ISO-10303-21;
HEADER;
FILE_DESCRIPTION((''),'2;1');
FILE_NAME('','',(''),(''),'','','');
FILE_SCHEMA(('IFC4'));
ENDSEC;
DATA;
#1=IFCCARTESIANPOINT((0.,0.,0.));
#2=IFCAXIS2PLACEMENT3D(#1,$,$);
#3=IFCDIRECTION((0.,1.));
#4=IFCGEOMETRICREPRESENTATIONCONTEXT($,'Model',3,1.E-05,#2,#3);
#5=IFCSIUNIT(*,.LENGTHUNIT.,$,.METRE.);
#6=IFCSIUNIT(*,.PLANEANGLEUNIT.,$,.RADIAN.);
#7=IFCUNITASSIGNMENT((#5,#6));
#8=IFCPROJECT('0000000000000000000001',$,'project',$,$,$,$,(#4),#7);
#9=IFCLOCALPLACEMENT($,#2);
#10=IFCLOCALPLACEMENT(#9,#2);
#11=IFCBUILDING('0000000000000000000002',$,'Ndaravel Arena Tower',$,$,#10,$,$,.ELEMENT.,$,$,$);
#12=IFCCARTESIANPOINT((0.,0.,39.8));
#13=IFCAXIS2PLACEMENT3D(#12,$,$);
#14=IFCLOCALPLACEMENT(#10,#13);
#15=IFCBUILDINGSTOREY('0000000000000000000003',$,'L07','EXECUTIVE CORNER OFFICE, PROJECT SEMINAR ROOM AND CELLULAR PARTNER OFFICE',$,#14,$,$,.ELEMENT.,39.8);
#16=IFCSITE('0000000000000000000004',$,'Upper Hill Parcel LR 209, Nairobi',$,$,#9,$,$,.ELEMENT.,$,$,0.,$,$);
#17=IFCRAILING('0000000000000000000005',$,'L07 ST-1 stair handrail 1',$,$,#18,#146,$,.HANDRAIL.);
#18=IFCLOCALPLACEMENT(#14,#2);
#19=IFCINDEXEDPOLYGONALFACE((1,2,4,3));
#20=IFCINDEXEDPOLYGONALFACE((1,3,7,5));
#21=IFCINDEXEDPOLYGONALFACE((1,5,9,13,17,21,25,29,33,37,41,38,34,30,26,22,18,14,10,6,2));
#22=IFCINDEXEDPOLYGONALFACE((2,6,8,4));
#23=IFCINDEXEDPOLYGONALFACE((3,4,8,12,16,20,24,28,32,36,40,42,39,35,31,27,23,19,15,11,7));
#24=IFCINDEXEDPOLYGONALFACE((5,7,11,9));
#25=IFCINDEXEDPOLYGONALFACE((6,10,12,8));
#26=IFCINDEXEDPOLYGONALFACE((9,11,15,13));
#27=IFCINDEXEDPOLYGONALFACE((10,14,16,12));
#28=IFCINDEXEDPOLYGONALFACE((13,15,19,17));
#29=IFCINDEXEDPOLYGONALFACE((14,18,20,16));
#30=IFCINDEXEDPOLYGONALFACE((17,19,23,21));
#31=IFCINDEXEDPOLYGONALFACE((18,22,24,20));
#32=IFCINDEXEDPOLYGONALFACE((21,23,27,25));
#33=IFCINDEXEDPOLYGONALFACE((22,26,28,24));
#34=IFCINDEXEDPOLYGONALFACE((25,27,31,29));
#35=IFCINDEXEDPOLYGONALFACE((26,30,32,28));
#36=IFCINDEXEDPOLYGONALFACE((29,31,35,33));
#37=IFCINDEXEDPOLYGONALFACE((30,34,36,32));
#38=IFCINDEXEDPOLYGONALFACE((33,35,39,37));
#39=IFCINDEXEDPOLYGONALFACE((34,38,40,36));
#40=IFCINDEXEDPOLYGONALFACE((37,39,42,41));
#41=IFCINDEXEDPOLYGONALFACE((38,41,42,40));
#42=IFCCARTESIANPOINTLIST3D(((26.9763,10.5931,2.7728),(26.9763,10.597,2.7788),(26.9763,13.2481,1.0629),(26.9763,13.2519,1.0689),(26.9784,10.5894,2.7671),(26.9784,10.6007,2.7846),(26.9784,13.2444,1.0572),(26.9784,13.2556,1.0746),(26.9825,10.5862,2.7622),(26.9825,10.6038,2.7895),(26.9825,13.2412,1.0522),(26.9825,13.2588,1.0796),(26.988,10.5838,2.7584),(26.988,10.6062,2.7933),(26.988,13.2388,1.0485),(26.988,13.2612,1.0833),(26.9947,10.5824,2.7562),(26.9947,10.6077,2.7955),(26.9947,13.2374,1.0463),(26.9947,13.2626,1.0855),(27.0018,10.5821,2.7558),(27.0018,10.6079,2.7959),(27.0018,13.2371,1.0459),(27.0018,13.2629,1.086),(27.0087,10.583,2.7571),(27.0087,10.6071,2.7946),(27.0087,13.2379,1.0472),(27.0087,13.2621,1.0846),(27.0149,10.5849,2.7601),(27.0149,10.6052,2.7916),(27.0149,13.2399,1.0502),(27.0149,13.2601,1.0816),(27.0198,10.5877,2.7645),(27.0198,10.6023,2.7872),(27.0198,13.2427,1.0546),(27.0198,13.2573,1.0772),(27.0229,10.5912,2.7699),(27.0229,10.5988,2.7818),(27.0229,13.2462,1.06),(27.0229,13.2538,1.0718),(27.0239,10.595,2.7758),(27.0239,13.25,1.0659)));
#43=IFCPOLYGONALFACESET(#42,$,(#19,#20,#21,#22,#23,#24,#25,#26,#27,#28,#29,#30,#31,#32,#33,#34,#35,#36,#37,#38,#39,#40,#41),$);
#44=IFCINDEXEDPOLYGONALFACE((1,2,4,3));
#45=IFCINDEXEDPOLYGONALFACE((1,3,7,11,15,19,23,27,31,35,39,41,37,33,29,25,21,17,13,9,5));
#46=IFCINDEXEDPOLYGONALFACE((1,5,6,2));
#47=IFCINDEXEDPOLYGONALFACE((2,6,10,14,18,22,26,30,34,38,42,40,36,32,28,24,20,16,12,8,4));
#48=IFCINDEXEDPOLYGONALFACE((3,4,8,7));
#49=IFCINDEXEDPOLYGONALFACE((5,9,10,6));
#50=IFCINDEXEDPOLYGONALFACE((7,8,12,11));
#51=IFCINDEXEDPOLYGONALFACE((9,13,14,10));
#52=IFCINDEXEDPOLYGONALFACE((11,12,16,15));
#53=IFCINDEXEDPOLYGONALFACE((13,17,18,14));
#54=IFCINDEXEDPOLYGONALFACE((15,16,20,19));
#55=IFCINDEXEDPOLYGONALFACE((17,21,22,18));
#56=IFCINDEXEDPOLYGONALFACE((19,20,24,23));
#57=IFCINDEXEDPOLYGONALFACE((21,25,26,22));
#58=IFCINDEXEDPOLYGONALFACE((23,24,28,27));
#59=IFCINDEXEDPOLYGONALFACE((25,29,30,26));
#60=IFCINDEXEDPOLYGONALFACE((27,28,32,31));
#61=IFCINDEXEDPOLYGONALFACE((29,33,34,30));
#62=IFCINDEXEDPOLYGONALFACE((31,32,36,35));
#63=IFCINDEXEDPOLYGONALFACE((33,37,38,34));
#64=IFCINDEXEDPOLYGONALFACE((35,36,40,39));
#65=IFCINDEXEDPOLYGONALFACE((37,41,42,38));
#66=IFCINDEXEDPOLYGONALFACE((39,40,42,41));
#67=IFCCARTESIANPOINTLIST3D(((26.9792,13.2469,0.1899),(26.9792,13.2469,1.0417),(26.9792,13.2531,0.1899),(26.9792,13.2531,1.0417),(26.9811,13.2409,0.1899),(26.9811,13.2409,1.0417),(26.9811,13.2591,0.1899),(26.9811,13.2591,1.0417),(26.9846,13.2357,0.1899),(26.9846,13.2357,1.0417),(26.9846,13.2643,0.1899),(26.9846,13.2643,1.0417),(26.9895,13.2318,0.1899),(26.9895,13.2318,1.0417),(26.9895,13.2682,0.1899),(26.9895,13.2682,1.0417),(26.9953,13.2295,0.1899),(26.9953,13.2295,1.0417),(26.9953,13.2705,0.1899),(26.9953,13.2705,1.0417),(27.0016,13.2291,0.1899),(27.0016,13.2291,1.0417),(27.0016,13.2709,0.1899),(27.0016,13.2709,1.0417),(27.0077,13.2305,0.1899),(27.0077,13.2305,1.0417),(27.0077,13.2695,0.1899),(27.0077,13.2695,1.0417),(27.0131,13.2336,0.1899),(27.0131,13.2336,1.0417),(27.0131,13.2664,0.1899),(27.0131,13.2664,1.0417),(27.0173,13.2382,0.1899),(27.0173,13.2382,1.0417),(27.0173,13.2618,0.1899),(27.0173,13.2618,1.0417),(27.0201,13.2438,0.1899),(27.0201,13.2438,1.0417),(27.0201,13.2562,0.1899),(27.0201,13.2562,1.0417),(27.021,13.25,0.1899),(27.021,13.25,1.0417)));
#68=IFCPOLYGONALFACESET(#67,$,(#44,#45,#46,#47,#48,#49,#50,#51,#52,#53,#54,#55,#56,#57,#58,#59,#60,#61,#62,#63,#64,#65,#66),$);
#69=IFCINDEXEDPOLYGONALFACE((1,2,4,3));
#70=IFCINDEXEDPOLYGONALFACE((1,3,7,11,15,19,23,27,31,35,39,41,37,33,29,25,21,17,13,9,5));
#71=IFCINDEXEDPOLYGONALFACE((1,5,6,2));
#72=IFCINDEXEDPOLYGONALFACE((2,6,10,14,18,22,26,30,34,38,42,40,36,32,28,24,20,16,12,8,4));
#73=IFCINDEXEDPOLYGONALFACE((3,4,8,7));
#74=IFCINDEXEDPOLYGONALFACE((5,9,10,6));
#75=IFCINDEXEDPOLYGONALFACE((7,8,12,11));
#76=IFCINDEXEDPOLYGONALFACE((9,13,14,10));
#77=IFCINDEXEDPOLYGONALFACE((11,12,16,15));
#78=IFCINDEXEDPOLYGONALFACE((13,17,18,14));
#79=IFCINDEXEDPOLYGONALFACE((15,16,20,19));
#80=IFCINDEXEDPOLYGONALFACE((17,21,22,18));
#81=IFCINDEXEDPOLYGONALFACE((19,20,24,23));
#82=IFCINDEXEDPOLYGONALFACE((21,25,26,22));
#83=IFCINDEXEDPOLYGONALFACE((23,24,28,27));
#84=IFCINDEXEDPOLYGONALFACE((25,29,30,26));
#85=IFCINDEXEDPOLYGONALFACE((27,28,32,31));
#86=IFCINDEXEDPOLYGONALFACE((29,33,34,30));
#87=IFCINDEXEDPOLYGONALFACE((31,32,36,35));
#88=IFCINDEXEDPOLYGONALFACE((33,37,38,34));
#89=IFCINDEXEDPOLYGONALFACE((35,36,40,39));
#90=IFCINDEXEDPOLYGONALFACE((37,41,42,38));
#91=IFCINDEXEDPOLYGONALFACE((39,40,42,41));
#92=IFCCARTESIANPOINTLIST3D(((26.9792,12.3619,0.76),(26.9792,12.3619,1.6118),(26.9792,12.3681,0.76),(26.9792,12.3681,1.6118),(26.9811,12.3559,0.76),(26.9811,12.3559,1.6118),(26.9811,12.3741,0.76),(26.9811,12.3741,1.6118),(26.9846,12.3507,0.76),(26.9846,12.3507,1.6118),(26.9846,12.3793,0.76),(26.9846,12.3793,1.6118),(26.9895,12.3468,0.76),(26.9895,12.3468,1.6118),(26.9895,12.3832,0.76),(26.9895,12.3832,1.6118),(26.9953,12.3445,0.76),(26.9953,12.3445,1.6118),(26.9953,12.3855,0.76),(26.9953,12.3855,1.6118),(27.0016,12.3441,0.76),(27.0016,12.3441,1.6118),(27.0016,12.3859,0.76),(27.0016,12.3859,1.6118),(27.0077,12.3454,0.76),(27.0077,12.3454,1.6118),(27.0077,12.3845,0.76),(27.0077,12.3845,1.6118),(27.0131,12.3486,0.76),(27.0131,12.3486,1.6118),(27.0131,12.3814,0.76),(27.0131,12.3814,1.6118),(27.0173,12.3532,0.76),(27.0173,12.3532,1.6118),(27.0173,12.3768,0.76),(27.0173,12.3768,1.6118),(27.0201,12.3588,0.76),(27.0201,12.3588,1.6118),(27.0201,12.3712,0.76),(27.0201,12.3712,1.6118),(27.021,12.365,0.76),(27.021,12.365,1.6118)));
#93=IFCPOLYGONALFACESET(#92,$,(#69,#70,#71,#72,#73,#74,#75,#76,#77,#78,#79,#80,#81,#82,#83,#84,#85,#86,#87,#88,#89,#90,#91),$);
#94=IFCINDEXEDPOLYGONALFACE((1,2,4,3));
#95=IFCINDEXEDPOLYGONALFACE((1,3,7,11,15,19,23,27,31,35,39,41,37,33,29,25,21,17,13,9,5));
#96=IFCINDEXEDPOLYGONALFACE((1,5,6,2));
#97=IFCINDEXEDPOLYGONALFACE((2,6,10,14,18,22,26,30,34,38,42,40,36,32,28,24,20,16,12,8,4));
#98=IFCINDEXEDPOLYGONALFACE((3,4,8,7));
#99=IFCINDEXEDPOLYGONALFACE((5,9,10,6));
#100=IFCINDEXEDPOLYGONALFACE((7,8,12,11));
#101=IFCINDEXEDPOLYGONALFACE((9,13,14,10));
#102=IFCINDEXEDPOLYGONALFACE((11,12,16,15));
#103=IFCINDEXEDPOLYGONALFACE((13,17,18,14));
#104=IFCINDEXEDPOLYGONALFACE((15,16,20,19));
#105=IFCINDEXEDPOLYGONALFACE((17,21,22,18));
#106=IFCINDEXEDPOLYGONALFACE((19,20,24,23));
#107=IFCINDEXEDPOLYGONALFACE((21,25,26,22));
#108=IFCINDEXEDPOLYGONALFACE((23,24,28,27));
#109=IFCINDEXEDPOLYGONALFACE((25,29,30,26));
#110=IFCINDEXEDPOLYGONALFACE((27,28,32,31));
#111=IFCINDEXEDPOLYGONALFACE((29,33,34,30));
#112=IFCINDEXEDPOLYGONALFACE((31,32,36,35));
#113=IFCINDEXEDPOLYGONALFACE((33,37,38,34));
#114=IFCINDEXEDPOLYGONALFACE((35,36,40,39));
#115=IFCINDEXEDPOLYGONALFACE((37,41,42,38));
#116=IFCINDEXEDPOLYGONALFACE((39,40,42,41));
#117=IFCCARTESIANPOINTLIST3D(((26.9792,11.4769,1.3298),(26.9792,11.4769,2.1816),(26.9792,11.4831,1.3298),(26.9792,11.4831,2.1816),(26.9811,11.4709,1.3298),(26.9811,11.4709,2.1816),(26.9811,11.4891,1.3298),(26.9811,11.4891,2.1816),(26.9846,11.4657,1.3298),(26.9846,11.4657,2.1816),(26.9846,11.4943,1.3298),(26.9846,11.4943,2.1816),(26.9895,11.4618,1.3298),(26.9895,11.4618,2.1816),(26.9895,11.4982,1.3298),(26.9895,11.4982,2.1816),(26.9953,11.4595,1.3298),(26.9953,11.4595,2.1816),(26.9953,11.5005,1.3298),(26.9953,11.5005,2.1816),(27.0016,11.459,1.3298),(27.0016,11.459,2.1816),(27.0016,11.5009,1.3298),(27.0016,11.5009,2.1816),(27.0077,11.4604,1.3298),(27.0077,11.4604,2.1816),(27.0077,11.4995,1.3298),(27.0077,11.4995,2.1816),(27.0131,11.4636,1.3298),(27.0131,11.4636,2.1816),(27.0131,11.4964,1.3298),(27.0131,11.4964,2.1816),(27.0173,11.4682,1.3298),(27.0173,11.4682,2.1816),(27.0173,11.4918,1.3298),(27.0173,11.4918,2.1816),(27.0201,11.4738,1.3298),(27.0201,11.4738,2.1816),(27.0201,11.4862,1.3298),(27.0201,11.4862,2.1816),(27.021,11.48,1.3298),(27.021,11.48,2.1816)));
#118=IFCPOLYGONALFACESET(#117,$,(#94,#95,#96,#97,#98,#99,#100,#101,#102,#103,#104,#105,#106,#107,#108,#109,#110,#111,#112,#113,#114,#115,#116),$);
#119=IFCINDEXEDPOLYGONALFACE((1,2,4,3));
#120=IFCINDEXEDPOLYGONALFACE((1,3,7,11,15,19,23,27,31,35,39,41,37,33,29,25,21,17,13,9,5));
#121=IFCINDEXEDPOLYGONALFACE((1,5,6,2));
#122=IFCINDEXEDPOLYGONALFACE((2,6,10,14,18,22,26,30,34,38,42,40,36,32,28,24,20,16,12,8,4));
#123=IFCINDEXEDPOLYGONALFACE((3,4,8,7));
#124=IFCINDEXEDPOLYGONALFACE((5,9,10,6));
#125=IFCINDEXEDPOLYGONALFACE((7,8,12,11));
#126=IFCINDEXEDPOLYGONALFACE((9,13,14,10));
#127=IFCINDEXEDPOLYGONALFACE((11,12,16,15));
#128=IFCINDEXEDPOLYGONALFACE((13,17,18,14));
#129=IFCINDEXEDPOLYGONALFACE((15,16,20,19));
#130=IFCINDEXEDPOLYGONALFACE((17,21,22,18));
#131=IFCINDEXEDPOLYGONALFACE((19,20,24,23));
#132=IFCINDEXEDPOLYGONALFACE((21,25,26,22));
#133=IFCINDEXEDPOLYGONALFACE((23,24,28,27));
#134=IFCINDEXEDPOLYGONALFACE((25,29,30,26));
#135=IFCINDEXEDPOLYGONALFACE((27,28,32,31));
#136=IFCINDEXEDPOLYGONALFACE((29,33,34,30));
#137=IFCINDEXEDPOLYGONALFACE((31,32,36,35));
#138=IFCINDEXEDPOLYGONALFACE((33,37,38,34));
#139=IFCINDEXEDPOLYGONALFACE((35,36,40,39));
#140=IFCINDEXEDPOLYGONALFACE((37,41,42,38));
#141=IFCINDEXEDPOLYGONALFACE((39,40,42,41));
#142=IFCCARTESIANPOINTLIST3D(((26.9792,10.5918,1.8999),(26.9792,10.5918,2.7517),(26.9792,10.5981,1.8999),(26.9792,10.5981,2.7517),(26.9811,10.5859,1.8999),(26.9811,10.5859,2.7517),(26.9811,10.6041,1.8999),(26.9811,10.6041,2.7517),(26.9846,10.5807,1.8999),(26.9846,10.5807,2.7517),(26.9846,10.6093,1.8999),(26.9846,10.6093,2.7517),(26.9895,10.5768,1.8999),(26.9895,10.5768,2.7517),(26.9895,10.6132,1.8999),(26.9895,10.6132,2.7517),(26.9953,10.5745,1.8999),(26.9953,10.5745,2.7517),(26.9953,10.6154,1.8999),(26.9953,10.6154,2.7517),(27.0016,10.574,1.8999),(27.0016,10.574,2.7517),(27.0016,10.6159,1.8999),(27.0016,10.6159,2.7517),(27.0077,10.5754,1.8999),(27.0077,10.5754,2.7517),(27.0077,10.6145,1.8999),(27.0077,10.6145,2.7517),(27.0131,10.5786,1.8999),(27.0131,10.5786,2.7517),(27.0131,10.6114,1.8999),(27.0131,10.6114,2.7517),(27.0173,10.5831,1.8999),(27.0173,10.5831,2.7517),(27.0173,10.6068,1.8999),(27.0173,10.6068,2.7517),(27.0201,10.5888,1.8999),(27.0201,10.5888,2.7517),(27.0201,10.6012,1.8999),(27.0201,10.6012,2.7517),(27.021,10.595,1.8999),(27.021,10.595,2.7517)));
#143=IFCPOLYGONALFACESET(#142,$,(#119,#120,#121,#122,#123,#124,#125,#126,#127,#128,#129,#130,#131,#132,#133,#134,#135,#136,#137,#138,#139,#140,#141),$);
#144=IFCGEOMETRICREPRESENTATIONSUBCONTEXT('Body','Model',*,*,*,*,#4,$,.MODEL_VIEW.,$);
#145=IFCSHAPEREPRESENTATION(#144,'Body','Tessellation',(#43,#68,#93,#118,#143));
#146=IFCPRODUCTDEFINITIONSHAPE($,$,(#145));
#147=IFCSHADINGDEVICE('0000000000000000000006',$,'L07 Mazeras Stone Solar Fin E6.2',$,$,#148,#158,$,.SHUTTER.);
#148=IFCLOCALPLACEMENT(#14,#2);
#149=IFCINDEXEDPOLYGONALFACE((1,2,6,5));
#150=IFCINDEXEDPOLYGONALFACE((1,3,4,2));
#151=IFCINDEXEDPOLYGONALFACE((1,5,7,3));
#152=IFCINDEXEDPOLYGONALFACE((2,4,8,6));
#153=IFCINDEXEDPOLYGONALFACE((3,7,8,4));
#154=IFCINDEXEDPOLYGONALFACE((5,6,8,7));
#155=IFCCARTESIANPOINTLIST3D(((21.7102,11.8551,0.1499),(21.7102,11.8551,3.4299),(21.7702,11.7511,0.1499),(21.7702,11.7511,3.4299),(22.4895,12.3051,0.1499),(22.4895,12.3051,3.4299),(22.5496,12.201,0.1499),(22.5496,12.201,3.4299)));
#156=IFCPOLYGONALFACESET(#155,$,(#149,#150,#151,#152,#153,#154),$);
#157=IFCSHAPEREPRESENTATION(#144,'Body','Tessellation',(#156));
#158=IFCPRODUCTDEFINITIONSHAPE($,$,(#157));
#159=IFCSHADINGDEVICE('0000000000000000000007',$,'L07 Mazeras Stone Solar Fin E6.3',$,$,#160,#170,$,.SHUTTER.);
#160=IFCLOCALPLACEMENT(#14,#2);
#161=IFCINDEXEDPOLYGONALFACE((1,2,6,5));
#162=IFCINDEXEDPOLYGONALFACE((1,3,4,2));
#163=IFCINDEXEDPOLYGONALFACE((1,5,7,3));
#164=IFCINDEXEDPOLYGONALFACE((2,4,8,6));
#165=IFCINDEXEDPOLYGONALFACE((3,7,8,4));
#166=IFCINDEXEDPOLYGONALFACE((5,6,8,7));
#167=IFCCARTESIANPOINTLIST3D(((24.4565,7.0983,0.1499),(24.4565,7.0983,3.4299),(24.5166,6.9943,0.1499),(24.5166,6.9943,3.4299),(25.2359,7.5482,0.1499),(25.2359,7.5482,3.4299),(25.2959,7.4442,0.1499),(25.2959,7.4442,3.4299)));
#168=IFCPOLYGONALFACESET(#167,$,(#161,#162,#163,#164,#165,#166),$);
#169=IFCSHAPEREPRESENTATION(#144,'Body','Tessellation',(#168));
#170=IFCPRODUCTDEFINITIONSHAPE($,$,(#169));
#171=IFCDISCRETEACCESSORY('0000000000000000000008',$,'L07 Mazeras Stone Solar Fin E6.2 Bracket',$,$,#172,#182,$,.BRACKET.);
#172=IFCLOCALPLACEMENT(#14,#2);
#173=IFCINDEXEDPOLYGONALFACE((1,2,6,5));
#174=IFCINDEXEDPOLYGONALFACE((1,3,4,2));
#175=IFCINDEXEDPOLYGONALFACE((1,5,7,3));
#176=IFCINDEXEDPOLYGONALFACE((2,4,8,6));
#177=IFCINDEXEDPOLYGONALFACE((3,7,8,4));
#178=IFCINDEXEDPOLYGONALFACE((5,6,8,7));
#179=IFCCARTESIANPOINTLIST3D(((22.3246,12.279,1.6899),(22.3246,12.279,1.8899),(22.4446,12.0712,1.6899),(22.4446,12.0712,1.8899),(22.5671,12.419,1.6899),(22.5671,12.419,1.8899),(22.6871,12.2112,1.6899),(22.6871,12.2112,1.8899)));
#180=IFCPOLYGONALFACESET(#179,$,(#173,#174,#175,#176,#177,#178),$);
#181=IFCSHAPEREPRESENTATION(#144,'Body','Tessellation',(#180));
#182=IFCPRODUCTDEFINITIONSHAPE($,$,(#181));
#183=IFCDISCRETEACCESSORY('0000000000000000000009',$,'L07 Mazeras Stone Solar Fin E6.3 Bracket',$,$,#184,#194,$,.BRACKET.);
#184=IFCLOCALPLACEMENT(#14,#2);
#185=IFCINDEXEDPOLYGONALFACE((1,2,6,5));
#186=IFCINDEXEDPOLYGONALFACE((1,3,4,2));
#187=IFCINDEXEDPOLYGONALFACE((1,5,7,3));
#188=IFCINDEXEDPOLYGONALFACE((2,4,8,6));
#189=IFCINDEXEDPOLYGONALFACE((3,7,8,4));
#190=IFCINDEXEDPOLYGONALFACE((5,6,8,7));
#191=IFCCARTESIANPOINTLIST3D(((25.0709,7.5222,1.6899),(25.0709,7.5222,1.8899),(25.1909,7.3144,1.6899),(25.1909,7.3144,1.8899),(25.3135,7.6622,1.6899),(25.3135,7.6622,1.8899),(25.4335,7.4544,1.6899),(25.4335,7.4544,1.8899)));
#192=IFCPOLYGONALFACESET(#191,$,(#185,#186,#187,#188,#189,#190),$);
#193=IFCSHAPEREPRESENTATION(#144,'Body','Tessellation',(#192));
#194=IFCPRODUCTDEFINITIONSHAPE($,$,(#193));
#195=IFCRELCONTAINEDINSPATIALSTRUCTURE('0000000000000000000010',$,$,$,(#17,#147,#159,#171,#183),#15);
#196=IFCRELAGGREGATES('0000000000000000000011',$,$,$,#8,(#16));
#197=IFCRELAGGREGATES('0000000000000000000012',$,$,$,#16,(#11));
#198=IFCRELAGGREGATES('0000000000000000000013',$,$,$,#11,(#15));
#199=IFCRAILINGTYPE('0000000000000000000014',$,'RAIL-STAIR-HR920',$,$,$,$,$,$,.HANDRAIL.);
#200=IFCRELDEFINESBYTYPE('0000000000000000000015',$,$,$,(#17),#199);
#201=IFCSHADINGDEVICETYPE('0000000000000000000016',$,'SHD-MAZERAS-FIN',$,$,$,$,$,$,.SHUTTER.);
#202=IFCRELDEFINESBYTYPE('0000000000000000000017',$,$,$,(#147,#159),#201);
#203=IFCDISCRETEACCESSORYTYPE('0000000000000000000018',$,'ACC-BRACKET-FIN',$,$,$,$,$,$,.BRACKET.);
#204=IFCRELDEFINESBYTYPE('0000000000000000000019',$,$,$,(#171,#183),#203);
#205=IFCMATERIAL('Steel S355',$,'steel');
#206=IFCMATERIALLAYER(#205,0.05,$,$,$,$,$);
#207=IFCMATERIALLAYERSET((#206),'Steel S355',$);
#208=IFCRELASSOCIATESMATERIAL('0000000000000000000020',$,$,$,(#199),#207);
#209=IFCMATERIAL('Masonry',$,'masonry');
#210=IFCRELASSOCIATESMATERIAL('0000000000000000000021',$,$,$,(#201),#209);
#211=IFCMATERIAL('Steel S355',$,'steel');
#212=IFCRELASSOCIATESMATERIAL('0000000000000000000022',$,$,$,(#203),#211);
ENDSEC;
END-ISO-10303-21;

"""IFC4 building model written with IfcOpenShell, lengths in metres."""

from ifc_helpers import new_model, si_unit, direction, frame, origin, origin_2d, place, context, subcontext, project, spatial, rectangle, circle, extrude, material, layer, layer_set, type_object, element, save


model = new_model("IFC4")

# Units and contexts
model_context = context("Model", 3, precision=1e-05, world=origin(), true_north=direction((0.0, 1.0)))
body_context = subcontext(model_context, "Body", "Model", "MODEL_VIEW")
ifc_project = project(units=[si_unit("LENGTHUNIT", "METRE"), si_unit("PLANEANGLEUNIT", "RADIAN")], contexts=[model_context])

# Site, building, storey
site_placement = place(None, origin())
site = spatial("IfcSite", under=ifc_project, at=site_placement, Name="Upper Hill Parcel LR 209, Nairobi", CompositionType="ELEMENT", RefElevation=0.0)
building_placement = place(site_placement, origin())
building = spatial("IfcBuilding", under=site, at=building_placement, Name="Ndaravel Arena Tower", CompositionType="ELEMENT")
storey_placement = place(building_placement, frame((0.0, 0.0, 39.8)))
storey = spatial("IfcBuildingStorey", under=building, at=storey_placement, Name="L07", Description="EXECUTIVE CORNER OFFICE, PROJECT SEMINAR ROOM AND CELLULAR PARTNER OFFICE", CompositionType="ELEMENT", Elevation=39.8)

# Railing
ifc_material_1 = material(Name="Steel S355", Category="steel")
ifc_layer_1 = layer(ifc_material_1, 0.05)
ifc_layer_set_1 = layer_set([ifc_layer_1], Name="Steel S355")
railing_type_1 = type_object("IfcRailingType", Name="RAIL-STAIR-HR920", PredefinedType="HANDRAIL", material=ifc_layer_set_1)
railing_1_placement = place(storey_placement, frame((27.0, 13.25, 0.1899)))
element("IfcRailing", 1, at=railing_1_placement, inside=storey, type_object=railing_type_1, Name="L07 ST-1 stair handrail 1", PredefinedType="HANDRAIL", context=body_context, shape_type="SweptSolid", body=[
    extrude(circle(Radius=0.0239, at=origin_2d()), frame((0.0, 0.0, 0.876), z_axis=(0.0, -0.840724, 0.541465), x_axis=(1.0, 0.0, 0.0)), (0.0, 0.0, 1.0), 3.158),
    extrude(circle(Radius=0.021, at=origin_2d()), origin(), (0.0, 0.0, 1.0), 0.8518),
    extrude(circle(Radius=0.021, at=origin_2d()), frame((0.0, -0.885, 0.5701)), (0.0, 0.0, 1.0), 0.8518),
    extrude(circle(Radius=0.021, at=origin_2d()), frame((0.0, -1.77, 1.1399)), (0.0, 0.0, 1.0), 0.8518),
    extrude(circle(Radius=0.021, at=origin_2d()), frame((0.0, -2.655, 1.71)), (0.0, 0.0, 1.0), 0.8518),
])

# Shading devices
ifc_material_2 = material(Name="Masonry", Category="masonry")
shading_device_type = type_object("IfcShadingDeviceType", Name="SHD-MAZERAS-FIN", PredefinedType="SHUTTER", material=ifc_material_2)
for number, where, z_axis, x_axis, name in (
    (2, (22.1299, 12.0281, 0.1499), (0.0, 0.0, 1.0), (-0.866025, -0.5, 0.0), "L07 Mazeras Stone Solar Fin E6.2"),
    (3, (24.8762, 7.2712, 0.1499), (0.0, 0.0, 1.0), (-0.866025, -0.5, 0.0), "L07 Mazeras Stone Solar Fin E6.3"),
):
    element("IfcShadingDevice", number, at=place(storey_placement, frame(where, z_axis=z_axis, x_axis=x_axis)), inside=storey, type_object=shading_device_type, Name=name, PredefinedType="SHUTTER", context=body_context, shape_type="SweptSolid", body=[
        extrude(rectangle(XDim=0.8999, YDim=0.1201, at=origin_2d()), origin(), (0.0, 0.0, 1.0), 3.28),
    ])

# Discrete accessories
ifc_material_3 = material(Name="Steel S355", Category="steel")
discrete_accessory_type = type_object("IfcDiscreteAccessoryType", Name="ACC-BRACKET-FIN", PredefinedType="BRACKET", material=ifc_material_3)
for number, where, z_axis, x_axis, name in (
    (4, (22.5059, 12.2451, 1.6899), (0.0, 0.0, 1.0), (-0.866025, -0.5, 0.0), "L07 Mazeras Stone Solar Fin E6.2 Bracket"),
    (5, (25.2522, 7.4883, 1.6899), (0.0, 0.0, 1.0), (-0.866025, -0.5, 0.0), "L07 Mazeras Stone Solar Fin E6.3 Bracket"),
):
    element("IfcDiscreteAccessory", number, at=place(storey_placement, frame(where, z_axis=z_axis, x_axis=x_axis)), inside=storey, type_object=discrete_accessory_type, Name=name, PredefinedType="BRACKET", context=body_context, shape_type="SweptSolid", body=[
        extrude(rectangle(XDim=0.28, YDim=0.24, at=origin_2d()), origin(), (0.0, 0.0, 1.0), 0.2),
    ])

save(model, "model.ifc")
